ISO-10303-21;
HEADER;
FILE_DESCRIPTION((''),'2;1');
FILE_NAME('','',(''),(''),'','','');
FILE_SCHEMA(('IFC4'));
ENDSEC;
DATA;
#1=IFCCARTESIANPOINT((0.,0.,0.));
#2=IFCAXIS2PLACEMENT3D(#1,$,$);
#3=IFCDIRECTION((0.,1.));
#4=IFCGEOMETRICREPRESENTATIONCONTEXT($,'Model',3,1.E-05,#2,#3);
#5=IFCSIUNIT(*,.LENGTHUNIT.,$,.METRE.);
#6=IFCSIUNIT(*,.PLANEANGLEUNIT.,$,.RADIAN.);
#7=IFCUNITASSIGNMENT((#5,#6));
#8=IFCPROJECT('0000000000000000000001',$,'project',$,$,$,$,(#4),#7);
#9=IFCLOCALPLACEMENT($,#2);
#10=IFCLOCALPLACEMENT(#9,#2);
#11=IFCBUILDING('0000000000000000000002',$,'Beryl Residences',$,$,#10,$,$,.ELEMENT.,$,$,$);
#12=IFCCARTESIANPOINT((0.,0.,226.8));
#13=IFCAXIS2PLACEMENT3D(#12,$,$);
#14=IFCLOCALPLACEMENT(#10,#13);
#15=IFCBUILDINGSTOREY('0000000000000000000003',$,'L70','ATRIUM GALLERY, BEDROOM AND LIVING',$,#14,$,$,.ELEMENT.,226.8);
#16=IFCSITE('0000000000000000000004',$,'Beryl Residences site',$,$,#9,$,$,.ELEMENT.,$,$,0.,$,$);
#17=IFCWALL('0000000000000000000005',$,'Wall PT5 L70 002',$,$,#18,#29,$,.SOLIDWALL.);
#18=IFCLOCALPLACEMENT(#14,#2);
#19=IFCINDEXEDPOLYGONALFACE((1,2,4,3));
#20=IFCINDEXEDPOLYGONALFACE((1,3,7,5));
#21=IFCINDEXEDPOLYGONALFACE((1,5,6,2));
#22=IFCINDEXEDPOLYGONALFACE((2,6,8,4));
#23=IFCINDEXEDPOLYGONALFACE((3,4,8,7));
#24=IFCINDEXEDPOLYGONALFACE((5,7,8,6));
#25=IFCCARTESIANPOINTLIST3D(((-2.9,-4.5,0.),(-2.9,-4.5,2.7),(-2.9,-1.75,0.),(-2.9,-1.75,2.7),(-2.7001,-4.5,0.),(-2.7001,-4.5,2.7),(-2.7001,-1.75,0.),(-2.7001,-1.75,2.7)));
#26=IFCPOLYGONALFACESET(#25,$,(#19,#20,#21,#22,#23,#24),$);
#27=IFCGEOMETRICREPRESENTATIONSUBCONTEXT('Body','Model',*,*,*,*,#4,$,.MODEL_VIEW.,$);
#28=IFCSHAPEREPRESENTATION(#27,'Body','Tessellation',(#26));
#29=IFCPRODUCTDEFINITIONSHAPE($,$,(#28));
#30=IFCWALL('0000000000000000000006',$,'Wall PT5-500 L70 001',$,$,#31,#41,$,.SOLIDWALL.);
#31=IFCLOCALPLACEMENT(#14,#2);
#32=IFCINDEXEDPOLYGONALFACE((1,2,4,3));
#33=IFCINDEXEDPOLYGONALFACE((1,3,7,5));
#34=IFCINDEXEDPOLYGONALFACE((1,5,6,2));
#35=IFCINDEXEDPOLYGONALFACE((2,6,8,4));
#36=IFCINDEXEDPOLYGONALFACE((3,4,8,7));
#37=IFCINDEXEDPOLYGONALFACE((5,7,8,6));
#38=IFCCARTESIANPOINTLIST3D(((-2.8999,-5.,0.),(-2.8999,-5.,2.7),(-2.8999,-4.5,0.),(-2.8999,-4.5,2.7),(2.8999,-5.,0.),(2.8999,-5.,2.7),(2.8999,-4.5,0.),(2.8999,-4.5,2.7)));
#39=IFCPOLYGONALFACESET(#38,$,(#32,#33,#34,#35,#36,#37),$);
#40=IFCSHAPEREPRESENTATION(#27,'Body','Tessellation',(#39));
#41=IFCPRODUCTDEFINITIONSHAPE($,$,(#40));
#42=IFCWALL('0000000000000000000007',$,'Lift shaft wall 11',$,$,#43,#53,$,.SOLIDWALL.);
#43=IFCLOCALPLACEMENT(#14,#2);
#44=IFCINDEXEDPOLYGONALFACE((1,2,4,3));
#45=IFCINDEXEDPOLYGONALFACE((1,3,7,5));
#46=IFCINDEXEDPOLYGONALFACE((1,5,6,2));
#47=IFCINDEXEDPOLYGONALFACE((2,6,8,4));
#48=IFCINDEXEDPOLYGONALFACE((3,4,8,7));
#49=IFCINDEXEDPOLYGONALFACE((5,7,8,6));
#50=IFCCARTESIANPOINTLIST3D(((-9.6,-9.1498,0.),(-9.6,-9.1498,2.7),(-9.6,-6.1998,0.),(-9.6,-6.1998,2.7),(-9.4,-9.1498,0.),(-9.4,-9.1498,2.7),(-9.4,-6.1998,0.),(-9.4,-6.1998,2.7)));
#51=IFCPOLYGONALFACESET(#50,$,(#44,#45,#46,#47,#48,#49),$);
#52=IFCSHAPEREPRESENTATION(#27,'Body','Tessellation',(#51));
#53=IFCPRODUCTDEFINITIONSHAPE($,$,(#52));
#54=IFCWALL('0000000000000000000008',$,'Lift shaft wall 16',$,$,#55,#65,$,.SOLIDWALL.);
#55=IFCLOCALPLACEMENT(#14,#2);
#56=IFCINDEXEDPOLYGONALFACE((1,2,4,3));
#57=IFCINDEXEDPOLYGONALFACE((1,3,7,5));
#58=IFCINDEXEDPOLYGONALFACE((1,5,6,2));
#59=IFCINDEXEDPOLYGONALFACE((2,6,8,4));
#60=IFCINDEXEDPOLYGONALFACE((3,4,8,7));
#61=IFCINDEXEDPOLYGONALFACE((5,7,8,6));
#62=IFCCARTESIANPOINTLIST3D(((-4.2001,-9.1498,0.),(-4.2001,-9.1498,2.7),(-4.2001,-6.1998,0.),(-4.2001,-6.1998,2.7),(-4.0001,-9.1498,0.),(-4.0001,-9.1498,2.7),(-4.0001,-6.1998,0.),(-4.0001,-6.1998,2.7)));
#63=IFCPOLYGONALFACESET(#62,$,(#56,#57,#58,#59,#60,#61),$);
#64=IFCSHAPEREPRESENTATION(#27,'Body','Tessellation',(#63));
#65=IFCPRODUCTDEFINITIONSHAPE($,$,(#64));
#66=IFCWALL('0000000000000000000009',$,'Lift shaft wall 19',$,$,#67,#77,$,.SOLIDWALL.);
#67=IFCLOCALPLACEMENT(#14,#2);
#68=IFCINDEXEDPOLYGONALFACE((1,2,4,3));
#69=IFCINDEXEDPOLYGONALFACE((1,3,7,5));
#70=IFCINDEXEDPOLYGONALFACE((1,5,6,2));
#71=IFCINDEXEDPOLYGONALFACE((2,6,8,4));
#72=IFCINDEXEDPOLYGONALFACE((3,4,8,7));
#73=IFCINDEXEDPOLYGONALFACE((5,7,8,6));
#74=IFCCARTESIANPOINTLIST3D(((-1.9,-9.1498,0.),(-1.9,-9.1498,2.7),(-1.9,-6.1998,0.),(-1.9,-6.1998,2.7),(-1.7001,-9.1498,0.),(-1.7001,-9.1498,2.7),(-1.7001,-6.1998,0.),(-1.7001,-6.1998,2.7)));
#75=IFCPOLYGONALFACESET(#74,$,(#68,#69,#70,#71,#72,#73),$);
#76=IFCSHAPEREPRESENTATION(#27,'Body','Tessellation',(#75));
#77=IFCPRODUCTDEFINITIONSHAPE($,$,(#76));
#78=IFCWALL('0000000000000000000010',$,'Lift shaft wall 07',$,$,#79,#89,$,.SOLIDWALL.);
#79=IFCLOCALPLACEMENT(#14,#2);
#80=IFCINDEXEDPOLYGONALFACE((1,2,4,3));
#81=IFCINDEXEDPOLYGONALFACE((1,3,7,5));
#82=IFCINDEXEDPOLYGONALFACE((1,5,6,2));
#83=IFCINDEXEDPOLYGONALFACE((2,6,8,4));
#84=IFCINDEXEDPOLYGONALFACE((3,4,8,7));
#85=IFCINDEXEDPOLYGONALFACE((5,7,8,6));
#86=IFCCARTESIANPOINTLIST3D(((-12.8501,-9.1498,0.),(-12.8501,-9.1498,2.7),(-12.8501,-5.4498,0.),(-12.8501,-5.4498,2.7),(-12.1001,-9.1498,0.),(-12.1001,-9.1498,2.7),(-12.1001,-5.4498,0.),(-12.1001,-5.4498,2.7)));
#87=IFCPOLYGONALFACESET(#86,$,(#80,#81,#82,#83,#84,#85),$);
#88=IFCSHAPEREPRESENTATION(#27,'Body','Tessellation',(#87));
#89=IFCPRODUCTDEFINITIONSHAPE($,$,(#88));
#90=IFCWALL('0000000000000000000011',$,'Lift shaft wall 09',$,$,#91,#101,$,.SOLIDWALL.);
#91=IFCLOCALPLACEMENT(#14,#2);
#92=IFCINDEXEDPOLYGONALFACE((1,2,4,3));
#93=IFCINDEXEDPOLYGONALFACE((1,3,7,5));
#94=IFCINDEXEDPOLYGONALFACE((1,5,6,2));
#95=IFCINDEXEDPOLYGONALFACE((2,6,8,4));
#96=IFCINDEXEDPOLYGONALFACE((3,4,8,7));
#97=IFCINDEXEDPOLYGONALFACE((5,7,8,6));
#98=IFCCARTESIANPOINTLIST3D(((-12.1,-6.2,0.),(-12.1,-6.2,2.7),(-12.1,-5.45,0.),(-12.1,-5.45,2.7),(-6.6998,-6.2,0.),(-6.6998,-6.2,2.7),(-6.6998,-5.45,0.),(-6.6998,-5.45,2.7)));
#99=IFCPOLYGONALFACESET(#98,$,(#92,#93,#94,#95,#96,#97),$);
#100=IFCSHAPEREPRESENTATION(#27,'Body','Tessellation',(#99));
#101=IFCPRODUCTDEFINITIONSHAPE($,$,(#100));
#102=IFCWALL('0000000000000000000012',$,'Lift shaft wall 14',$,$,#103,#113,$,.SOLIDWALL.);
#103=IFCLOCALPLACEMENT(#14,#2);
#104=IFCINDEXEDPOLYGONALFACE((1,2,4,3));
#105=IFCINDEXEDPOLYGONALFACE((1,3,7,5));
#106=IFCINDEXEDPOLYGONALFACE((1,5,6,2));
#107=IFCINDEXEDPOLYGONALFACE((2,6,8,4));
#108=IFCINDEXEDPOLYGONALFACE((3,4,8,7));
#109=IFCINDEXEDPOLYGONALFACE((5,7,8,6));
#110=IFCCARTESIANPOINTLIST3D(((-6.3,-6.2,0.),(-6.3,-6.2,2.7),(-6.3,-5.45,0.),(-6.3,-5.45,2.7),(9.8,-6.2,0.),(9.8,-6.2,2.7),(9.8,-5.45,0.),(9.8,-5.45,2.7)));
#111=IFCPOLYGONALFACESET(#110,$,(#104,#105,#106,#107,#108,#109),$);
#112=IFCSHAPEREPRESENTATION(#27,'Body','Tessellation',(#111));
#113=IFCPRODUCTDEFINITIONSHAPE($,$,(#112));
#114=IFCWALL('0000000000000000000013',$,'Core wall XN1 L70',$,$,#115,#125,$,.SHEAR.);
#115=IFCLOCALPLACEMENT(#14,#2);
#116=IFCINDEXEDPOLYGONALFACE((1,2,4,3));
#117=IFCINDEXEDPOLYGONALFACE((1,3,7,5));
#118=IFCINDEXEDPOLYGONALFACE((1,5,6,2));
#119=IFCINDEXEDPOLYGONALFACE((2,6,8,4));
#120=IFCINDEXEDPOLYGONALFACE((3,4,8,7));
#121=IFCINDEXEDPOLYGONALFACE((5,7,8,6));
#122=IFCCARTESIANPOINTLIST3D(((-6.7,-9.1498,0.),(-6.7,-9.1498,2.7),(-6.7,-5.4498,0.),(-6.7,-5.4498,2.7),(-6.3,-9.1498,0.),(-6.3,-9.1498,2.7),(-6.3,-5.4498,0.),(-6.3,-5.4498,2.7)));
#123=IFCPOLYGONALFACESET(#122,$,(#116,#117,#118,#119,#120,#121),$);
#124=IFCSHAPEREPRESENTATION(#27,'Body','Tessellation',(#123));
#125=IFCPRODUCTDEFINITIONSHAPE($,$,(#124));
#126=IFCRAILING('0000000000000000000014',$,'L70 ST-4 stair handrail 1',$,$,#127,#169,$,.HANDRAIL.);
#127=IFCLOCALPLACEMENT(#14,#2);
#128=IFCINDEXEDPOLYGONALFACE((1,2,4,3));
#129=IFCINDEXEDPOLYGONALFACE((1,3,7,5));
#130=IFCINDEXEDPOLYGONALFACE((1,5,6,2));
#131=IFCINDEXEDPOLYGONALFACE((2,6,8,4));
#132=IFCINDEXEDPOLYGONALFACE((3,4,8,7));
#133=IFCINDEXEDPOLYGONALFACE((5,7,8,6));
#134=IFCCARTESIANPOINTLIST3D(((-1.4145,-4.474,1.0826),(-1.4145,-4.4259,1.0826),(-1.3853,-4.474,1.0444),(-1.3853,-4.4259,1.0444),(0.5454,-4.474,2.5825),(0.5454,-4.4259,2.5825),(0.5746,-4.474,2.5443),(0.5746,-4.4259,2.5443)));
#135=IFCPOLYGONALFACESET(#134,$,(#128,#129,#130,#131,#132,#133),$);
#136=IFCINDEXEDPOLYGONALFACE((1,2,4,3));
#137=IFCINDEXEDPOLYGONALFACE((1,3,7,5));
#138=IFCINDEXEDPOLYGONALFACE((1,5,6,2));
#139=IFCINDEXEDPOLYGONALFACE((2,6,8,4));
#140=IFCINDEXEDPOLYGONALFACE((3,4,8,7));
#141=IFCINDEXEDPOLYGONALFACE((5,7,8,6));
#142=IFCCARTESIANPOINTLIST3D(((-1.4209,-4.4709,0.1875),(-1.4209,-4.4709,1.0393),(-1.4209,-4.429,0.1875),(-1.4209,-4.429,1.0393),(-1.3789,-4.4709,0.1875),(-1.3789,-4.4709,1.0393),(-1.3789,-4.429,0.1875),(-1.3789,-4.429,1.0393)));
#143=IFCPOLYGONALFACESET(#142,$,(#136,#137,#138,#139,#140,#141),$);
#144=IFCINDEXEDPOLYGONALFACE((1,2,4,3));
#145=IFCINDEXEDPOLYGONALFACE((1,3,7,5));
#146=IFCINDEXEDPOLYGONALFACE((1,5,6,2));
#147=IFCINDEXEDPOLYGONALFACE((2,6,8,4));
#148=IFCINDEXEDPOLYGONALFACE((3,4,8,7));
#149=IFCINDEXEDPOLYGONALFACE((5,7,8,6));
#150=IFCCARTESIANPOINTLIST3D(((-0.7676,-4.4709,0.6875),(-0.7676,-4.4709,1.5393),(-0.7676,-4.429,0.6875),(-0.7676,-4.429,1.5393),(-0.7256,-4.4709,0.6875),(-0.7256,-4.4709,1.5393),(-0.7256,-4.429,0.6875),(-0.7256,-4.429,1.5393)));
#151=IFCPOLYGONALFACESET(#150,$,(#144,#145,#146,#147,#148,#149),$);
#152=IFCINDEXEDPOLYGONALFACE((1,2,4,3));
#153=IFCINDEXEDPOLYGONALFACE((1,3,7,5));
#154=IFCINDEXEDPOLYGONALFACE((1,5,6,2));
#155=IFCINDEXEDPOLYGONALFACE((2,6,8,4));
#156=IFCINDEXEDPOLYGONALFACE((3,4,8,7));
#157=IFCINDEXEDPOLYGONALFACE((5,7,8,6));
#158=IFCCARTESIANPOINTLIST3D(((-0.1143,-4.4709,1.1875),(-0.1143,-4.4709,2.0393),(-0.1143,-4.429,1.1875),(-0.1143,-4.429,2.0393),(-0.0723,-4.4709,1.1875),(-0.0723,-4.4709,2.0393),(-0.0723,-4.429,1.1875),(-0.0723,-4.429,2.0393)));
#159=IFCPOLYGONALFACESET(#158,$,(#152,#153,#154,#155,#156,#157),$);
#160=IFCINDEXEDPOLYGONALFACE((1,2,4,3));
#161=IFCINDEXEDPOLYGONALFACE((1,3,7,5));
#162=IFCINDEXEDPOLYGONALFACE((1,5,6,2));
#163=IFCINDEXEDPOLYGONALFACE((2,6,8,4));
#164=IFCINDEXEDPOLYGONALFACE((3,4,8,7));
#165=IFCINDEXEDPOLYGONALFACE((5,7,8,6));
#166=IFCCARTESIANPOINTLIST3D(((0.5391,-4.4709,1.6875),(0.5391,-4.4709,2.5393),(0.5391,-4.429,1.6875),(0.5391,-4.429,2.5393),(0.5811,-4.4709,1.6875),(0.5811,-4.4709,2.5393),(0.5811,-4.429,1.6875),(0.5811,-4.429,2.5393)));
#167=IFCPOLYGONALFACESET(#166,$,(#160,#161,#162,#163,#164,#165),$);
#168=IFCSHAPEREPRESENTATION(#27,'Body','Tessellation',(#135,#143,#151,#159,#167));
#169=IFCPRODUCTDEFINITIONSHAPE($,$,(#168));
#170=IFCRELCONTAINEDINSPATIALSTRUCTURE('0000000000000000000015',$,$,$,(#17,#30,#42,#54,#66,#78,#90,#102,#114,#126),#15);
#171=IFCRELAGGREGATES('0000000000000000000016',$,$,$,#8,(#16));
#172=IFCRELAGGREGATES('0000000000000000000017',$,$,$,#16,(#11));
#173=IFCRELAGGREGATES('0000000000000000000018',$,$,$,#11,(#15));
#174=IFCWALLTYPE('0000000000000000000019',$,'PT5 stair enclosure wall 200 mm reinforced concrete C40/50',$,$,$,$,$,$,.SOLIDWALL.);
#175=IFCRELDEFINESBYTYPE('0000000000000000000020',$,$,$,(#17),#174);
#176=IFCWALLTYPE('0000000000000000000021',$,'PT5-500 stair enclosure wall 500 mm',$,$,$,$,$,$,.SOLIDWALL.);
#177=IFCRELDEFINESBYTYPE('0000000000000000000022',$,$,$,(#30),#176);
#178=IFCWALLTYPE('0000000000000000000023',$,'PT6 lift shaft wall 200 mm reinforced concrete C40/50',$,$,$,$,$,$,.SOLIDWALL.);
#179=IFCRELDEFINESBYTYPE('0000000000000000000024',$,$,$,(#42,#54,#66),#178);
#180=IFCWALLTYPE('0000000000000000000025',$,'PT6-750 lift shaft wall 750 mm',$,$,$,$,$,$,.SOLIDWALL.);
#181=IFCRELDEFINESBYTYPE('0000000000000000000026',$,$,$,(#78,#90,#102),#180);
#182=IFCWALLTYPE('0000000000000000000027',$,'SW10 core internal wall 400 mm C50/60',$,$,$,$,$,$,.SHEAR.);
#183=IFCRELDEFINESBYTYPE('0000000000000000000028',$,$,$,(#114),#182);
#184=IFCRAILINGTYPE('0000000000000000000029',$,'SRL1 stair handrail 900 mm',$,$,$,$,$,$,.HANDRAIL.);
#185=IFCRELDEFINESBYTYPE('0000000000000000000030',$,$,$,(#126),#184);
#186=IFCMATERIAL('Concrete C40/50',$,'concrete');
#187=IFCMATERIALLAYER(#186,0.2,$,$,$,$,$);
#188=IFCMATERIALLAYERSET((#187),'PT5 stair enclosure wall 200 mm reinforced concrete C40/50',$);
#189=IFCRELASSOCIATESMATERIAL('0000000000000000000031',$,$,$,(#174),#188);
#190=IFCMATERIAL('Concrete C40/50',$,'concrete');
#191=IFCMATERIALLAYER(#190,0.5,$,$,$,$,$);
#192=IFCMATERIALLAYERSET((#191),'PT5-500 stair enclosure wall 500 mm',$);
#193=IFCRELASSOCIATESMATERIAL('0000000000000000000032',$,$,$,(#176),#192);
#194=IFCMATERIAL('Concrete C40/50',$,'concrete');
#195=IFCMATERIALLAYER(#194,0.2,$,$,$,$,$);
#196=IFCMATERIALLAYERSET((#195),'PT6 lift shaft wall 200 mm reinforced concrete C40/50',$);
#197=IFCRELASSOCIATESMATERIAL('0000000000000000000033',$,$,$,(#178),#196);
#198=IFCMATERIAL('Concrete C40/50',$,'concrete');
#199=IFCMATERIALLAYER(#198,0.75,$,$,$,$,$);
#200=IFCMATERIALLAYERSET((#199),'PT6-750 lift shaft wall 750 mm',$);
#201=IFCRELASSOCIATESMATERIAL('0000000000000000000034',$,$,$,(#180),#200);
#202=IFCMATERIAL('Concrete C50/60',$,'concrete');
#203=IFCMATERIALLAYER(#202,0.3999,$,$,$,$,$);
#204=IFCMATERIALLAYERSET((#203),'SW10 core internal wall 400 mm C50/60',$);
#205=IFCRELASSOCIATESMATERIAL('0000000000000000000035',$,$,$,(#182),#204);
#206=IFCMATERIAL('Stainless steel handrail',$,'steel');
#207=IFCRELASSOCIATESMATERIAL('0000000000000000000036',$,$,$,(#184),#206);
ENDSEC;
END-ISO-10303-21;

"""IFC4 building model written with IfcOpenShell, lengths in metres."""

from ifc_helpers import new_model, si_unit, direction, frame, frame_2d, origin, origin_2d, place, context, subcontext, project, spatial, rectangle, extrude, material, layer, layer_set, type_object, element, save


model = new_model("IFC4")

# Units and contexts
model_context = context("Model", 3, precision=1e-05, world=origin(), true_north=direction((0.0, 1.0)))
body_context = subcontext(model_context, "Body", "Model", "MODEL_VIEW")
ifc_project = project(units=[si_unit("LENGTHUNIT", "METRE"), si_unit("PLANEANGLEUNIT", "RADIAN")], contexts=[model_context])

# Site, building, storey
site_placement = place(None, origin())
site = spatial("IfcSite", under=ifc_project, at=site_placement, Name="Beryl Residences site", CompositionType="ELEMENT", RefElevation=0.0)
building_placement = place(site_placement, origin())
building = spatial("IfcBuilding", under=site, at=building_placement, Name="Beryl Residences", CompositionType="ELEMENT")
storey_placement = place(building_placement, frame((0.0, 0.0, 226.8)))
storey = spatial("IfcBuildingStorey", under=building, at=storey_placement, Name="L70", Description="ATRIUM GALLERY, BEDROOM AND LIVING", CompositionType="ELEMENT", Elevation=226.8)

# Walls
ifc_material_1 = material(Name="Concrete C40/50", Category="concrete")
ifc_layer_1 = layer(ifc_material_1, 0.2)
ifc_layer_set_1 = layer_set([ifc_layer_1], Name="PT5 stair enclosure wall 200 mm reinforced concrete C40/50")
wall_type_1 = type_object("IfcWallType", Name="PT5 stair enclosure wall 200 mm reinforced concrete C40/50", PredefinedType="SOLIDWALL", material=ifc_layer_set_1)
wall_1_placement = place(storey_placement, frame((-2.8, -4.5, 0.0), z_axis=(0.0, 0.0, 1.0), x_axis=(0.0, 1.0, 0.0)))
element("IfcWall", 1, at=wall_1_placement, inside=storey, type_object=wall_type_1, Name="Wall PT5 L70 002", PredefinedType="SOLIDWALL", context=body_context, shape_type="SweptSolid", body=[
    extrude(rectangle(XDim=2.75, YDim=0.2, at=frame_2d((1.375, 0.0))), origin(), (0.0, 0.0, 1.0), 2.7),
])
ifc_material_2 = material(Name="Concrete C40/50", Category="concrete")
ifc_layer_2 = layer(ifc_material_2, 0.5)
ifc_layer_set_2 = layer_set([ifc_layer_2], Name="PT5-500 stair enclosure wall 500 mm")
wall_type_2 = type_object("IfcWallType", Name="PT5-500 stair enclosure wall 500 mm", PredefinedType="SOLIDWALL", material=ifc_layer_set_2)
wall_2_placement = place(storey_placement, frame((-2.8999, -4.75, 0.0), z_axis=(0.0, 0.0, 1.0), x_axis=(1.0, 0.0, 0.0)))
element("IfcWall", 2, at=wall_2_placement, inside=storey, type_object=wall_type_2, Name="Wall PT5-500 L70 001", PredefinedType="SOLIDWALL", context=body_context, shape_type="SweptSolid", body=[
    extrude(rectangle(XDim=5.7998, YDim=0.5, at=frame_2d((2.8999, 0.0))), origin(), (0.0, 0.0, 1.0), 2.7),
])
ifc_material_3 = material(Name="Concrete C40/50", Category="concrete")
ifc_layer_3 = layer(ifc_material_3, 0.2)
ifc_layer_set_3 = layer_set([ifc_layer_3], Name="PT6 lift shaft wall 200 mm reinforced concrete C40/50")
wall_type_3 = type_object("IfcWallType", Name="PT6 lift shaft wall 200 mm reinforced concrete C40/50", PredefinedType="SOLIDWALL", material=ifc_layer_set_3)
for number, where, z_axis, x_axis, name in (
    (3, (-9.5, -9.1499, 0.0), (0.0, 0.0, 1.0), (0.0, 1.0, 0.0), "Lift shaft wall 11"),
    (4, (-4.1001, -9.1499, 0.0), (0.0, 0.0, 1.0), (0.0, 1.0, 0.0), "Lift shaft wall 16"),
    (5, (-1.8, -9.1499, 0.0), (0.0, 0.0, 1.0), (0.0, 1.0, 0.0), "Lift shaft wall 19"),
):
    element("IfcWall", number, at=place(storey_placement, frame(where, z_axis=z_axis, x_axis=x_axis)), inside=storey, type_object=wall_type_3, Name=name, PredefinedType="SOLIDWALL", context=body_context, shape_type="SweptSolid", body=[
        extrude(rectangle(XDim=2.95, YDim=0.2, at=frame_2d((1.4751, 0.0))), origin(), (0.0, 0.0, 1.0), 2.7),
    ])
ifc_material_4 = material(Name="Concrete C40/50", Category="concrete")
ifc_layer_4 = layer(ifc_material_4, 0.75)
ifc_layer_set_4 = layer_set([ifc_layer_4], Name="PT6-750 lift shaft wall 750 mm")
wall_type_4 = type_object("IfcWallType", Name="PT6-750 lift shaft wall 750 mm", PredefinedType="SOLIDWALL", material=ifc_layer_set_4)
wall_3_placement = place(storey_placement, frame((-12.4751, -9.1499, 0.0), z_axis=(0.0, 0.0, 1.0), x_axis=(0.0, 1.0, 0.0)))
element("IfcWall", 6, at=wall_3_placement, inside=storey, type_object=wall_type_4, Name="Lift shaft wall 07", PredefinedType="SOLIDWALL", context=body_context, shape_type="SweptSolid", body=[
    extrude(rectangle(XDim=3.7, YDim=0.75, at=frame_2d((1.8501, 0.0))), origin(), (0.0, 0.0, 1.0), 2.7),
])
wall_4_placement = place(storey_placement, frame((-12.1001, -5.825, 0.0), z_axis=(0.0, 0.0, 1.0), x_axis=(1.0, 0.0, 0.0)))
element("IfcWall", 7, at=wall_4_placement, inside=storey, type_object=wall_type_4, Name="Lift shaft wall 09", PredefinedType="SOLIDWALL", context=body_context, shape_type="SweptSolid", body=[
    extrude(rectangle(XDim=5.4001, YDim=0.75, at=frame_2d((2.7002, 0.0))), origin(), (0.0, 0.0, 1.0), 2.7),
])
wall_5_placement = place(storey_placement, frame((-6.3, -5.825, 0.0), z_axis=(0.0, 0.0, 1.0), x_axis=(1.0, 0.0, 0.0)))
element("IfcWall", 8, at=wall_5_placement, inside=storey, type_object=wall_type_4, Name="Lift shaft wall 14", PredefinedType="SOLIDWALL", context=body_context, shape_type="SweptSolid", body=[
    extrude(rectangle(XDim=16.1001, YDim=0.75, at=frame_2d((8.05, 0.0))), origin(), (0.0, 0.0, 1.0), 2.7),
])
ifc_material_5 = material(Name="Concrete C50/60", Category="concrete")
ifc_layer_5 = layer(ifc_material_5, 0.3999)
ifc_layer_set_5 = layer_set([ifc_layer_5], Name="SW10 core internal wall 400 mm C50/60")
wall_type_5 = type_object("IfcWallType", Name="SW10 core internal wall 400 mm C50/60", PredefinedType="SHEAR", material=ifc_layer_set_5)
wall_6_placement = place(storey_placement, frame((-6.5, -9.1499, 0.0), z_axis=(0.0, 0.0, 1.0), x_axis=(0.0, 1.0, 0.0)))
element("IfcWall", 9, at=wall_6_placement, inside=storey, type_object=wall_type_5, Name="Core wall XN1 L70", PredefinedType="SHEAR", context=body_context, shape_type="SweptSolid", body=[
    extrude(rectangle(XDim=3.7, YDim=0.3999, at=frame_2d((1.8501, 0.0))), origin(), (0.0, 0.0, 1.0), 2.7),
])

# Railing
ifc_material_6 = material(Name="Stainless steel handrail", Category="steel")
railing_type = type_object("IfcRailingType", Name="SRL1 stair handrail 900 mm", PredefinedType="HANDRAIL", material=ifc_material_6)
railing_placement = place(storey_placement, frame((-1.3999, -4.45, 0.1875)))
element("IfcRailing", 10, at=railing_placement, inside=storey, type_object=railing_type, Name="L70 ST-4 stair handrail 1", PredefinedType="HANDRAIL", context=body_context, shape_type="SweptSolid", body=[
    extrude(rectangle(XDim=0.0481, YDim=0.0481, at=origin_2d()), frame((0.0, 0.0, 0.876), z_axis=(0.794122, 0.0, 0.607758), x_axis=(0.0, 1.0, 0.0)), (0.0, 0.0, 1.0), 2.468),
    extrude(rectangle(XDim=0.042, YDim=0.042, at=origin_2d()), origin(), (0.0, 0.0, 1.0), 0.8518),
    extrude(rectangle(XDim=0.042, YDim=0.042, at=origin_2d()), frame((0.6533, 0.0, 0.5)), (0.0, 0.0, 1.0), 0.8518),
    extrude(rectangle(XDim=0.042, YDim=0.042, at=origin_2d()), frame((1.3066, 0.0, 1.0)), (0.0, 0.0, 1.0), 0.8518),
    extrude(rectangle(XDim=0.042, YDim=0.042, at=origin_2d()), frame((1.96, 0.0, 1.5)), (0.0, 0.0, 1.0), 0.8518),
])

save(model, "model.ifc")
